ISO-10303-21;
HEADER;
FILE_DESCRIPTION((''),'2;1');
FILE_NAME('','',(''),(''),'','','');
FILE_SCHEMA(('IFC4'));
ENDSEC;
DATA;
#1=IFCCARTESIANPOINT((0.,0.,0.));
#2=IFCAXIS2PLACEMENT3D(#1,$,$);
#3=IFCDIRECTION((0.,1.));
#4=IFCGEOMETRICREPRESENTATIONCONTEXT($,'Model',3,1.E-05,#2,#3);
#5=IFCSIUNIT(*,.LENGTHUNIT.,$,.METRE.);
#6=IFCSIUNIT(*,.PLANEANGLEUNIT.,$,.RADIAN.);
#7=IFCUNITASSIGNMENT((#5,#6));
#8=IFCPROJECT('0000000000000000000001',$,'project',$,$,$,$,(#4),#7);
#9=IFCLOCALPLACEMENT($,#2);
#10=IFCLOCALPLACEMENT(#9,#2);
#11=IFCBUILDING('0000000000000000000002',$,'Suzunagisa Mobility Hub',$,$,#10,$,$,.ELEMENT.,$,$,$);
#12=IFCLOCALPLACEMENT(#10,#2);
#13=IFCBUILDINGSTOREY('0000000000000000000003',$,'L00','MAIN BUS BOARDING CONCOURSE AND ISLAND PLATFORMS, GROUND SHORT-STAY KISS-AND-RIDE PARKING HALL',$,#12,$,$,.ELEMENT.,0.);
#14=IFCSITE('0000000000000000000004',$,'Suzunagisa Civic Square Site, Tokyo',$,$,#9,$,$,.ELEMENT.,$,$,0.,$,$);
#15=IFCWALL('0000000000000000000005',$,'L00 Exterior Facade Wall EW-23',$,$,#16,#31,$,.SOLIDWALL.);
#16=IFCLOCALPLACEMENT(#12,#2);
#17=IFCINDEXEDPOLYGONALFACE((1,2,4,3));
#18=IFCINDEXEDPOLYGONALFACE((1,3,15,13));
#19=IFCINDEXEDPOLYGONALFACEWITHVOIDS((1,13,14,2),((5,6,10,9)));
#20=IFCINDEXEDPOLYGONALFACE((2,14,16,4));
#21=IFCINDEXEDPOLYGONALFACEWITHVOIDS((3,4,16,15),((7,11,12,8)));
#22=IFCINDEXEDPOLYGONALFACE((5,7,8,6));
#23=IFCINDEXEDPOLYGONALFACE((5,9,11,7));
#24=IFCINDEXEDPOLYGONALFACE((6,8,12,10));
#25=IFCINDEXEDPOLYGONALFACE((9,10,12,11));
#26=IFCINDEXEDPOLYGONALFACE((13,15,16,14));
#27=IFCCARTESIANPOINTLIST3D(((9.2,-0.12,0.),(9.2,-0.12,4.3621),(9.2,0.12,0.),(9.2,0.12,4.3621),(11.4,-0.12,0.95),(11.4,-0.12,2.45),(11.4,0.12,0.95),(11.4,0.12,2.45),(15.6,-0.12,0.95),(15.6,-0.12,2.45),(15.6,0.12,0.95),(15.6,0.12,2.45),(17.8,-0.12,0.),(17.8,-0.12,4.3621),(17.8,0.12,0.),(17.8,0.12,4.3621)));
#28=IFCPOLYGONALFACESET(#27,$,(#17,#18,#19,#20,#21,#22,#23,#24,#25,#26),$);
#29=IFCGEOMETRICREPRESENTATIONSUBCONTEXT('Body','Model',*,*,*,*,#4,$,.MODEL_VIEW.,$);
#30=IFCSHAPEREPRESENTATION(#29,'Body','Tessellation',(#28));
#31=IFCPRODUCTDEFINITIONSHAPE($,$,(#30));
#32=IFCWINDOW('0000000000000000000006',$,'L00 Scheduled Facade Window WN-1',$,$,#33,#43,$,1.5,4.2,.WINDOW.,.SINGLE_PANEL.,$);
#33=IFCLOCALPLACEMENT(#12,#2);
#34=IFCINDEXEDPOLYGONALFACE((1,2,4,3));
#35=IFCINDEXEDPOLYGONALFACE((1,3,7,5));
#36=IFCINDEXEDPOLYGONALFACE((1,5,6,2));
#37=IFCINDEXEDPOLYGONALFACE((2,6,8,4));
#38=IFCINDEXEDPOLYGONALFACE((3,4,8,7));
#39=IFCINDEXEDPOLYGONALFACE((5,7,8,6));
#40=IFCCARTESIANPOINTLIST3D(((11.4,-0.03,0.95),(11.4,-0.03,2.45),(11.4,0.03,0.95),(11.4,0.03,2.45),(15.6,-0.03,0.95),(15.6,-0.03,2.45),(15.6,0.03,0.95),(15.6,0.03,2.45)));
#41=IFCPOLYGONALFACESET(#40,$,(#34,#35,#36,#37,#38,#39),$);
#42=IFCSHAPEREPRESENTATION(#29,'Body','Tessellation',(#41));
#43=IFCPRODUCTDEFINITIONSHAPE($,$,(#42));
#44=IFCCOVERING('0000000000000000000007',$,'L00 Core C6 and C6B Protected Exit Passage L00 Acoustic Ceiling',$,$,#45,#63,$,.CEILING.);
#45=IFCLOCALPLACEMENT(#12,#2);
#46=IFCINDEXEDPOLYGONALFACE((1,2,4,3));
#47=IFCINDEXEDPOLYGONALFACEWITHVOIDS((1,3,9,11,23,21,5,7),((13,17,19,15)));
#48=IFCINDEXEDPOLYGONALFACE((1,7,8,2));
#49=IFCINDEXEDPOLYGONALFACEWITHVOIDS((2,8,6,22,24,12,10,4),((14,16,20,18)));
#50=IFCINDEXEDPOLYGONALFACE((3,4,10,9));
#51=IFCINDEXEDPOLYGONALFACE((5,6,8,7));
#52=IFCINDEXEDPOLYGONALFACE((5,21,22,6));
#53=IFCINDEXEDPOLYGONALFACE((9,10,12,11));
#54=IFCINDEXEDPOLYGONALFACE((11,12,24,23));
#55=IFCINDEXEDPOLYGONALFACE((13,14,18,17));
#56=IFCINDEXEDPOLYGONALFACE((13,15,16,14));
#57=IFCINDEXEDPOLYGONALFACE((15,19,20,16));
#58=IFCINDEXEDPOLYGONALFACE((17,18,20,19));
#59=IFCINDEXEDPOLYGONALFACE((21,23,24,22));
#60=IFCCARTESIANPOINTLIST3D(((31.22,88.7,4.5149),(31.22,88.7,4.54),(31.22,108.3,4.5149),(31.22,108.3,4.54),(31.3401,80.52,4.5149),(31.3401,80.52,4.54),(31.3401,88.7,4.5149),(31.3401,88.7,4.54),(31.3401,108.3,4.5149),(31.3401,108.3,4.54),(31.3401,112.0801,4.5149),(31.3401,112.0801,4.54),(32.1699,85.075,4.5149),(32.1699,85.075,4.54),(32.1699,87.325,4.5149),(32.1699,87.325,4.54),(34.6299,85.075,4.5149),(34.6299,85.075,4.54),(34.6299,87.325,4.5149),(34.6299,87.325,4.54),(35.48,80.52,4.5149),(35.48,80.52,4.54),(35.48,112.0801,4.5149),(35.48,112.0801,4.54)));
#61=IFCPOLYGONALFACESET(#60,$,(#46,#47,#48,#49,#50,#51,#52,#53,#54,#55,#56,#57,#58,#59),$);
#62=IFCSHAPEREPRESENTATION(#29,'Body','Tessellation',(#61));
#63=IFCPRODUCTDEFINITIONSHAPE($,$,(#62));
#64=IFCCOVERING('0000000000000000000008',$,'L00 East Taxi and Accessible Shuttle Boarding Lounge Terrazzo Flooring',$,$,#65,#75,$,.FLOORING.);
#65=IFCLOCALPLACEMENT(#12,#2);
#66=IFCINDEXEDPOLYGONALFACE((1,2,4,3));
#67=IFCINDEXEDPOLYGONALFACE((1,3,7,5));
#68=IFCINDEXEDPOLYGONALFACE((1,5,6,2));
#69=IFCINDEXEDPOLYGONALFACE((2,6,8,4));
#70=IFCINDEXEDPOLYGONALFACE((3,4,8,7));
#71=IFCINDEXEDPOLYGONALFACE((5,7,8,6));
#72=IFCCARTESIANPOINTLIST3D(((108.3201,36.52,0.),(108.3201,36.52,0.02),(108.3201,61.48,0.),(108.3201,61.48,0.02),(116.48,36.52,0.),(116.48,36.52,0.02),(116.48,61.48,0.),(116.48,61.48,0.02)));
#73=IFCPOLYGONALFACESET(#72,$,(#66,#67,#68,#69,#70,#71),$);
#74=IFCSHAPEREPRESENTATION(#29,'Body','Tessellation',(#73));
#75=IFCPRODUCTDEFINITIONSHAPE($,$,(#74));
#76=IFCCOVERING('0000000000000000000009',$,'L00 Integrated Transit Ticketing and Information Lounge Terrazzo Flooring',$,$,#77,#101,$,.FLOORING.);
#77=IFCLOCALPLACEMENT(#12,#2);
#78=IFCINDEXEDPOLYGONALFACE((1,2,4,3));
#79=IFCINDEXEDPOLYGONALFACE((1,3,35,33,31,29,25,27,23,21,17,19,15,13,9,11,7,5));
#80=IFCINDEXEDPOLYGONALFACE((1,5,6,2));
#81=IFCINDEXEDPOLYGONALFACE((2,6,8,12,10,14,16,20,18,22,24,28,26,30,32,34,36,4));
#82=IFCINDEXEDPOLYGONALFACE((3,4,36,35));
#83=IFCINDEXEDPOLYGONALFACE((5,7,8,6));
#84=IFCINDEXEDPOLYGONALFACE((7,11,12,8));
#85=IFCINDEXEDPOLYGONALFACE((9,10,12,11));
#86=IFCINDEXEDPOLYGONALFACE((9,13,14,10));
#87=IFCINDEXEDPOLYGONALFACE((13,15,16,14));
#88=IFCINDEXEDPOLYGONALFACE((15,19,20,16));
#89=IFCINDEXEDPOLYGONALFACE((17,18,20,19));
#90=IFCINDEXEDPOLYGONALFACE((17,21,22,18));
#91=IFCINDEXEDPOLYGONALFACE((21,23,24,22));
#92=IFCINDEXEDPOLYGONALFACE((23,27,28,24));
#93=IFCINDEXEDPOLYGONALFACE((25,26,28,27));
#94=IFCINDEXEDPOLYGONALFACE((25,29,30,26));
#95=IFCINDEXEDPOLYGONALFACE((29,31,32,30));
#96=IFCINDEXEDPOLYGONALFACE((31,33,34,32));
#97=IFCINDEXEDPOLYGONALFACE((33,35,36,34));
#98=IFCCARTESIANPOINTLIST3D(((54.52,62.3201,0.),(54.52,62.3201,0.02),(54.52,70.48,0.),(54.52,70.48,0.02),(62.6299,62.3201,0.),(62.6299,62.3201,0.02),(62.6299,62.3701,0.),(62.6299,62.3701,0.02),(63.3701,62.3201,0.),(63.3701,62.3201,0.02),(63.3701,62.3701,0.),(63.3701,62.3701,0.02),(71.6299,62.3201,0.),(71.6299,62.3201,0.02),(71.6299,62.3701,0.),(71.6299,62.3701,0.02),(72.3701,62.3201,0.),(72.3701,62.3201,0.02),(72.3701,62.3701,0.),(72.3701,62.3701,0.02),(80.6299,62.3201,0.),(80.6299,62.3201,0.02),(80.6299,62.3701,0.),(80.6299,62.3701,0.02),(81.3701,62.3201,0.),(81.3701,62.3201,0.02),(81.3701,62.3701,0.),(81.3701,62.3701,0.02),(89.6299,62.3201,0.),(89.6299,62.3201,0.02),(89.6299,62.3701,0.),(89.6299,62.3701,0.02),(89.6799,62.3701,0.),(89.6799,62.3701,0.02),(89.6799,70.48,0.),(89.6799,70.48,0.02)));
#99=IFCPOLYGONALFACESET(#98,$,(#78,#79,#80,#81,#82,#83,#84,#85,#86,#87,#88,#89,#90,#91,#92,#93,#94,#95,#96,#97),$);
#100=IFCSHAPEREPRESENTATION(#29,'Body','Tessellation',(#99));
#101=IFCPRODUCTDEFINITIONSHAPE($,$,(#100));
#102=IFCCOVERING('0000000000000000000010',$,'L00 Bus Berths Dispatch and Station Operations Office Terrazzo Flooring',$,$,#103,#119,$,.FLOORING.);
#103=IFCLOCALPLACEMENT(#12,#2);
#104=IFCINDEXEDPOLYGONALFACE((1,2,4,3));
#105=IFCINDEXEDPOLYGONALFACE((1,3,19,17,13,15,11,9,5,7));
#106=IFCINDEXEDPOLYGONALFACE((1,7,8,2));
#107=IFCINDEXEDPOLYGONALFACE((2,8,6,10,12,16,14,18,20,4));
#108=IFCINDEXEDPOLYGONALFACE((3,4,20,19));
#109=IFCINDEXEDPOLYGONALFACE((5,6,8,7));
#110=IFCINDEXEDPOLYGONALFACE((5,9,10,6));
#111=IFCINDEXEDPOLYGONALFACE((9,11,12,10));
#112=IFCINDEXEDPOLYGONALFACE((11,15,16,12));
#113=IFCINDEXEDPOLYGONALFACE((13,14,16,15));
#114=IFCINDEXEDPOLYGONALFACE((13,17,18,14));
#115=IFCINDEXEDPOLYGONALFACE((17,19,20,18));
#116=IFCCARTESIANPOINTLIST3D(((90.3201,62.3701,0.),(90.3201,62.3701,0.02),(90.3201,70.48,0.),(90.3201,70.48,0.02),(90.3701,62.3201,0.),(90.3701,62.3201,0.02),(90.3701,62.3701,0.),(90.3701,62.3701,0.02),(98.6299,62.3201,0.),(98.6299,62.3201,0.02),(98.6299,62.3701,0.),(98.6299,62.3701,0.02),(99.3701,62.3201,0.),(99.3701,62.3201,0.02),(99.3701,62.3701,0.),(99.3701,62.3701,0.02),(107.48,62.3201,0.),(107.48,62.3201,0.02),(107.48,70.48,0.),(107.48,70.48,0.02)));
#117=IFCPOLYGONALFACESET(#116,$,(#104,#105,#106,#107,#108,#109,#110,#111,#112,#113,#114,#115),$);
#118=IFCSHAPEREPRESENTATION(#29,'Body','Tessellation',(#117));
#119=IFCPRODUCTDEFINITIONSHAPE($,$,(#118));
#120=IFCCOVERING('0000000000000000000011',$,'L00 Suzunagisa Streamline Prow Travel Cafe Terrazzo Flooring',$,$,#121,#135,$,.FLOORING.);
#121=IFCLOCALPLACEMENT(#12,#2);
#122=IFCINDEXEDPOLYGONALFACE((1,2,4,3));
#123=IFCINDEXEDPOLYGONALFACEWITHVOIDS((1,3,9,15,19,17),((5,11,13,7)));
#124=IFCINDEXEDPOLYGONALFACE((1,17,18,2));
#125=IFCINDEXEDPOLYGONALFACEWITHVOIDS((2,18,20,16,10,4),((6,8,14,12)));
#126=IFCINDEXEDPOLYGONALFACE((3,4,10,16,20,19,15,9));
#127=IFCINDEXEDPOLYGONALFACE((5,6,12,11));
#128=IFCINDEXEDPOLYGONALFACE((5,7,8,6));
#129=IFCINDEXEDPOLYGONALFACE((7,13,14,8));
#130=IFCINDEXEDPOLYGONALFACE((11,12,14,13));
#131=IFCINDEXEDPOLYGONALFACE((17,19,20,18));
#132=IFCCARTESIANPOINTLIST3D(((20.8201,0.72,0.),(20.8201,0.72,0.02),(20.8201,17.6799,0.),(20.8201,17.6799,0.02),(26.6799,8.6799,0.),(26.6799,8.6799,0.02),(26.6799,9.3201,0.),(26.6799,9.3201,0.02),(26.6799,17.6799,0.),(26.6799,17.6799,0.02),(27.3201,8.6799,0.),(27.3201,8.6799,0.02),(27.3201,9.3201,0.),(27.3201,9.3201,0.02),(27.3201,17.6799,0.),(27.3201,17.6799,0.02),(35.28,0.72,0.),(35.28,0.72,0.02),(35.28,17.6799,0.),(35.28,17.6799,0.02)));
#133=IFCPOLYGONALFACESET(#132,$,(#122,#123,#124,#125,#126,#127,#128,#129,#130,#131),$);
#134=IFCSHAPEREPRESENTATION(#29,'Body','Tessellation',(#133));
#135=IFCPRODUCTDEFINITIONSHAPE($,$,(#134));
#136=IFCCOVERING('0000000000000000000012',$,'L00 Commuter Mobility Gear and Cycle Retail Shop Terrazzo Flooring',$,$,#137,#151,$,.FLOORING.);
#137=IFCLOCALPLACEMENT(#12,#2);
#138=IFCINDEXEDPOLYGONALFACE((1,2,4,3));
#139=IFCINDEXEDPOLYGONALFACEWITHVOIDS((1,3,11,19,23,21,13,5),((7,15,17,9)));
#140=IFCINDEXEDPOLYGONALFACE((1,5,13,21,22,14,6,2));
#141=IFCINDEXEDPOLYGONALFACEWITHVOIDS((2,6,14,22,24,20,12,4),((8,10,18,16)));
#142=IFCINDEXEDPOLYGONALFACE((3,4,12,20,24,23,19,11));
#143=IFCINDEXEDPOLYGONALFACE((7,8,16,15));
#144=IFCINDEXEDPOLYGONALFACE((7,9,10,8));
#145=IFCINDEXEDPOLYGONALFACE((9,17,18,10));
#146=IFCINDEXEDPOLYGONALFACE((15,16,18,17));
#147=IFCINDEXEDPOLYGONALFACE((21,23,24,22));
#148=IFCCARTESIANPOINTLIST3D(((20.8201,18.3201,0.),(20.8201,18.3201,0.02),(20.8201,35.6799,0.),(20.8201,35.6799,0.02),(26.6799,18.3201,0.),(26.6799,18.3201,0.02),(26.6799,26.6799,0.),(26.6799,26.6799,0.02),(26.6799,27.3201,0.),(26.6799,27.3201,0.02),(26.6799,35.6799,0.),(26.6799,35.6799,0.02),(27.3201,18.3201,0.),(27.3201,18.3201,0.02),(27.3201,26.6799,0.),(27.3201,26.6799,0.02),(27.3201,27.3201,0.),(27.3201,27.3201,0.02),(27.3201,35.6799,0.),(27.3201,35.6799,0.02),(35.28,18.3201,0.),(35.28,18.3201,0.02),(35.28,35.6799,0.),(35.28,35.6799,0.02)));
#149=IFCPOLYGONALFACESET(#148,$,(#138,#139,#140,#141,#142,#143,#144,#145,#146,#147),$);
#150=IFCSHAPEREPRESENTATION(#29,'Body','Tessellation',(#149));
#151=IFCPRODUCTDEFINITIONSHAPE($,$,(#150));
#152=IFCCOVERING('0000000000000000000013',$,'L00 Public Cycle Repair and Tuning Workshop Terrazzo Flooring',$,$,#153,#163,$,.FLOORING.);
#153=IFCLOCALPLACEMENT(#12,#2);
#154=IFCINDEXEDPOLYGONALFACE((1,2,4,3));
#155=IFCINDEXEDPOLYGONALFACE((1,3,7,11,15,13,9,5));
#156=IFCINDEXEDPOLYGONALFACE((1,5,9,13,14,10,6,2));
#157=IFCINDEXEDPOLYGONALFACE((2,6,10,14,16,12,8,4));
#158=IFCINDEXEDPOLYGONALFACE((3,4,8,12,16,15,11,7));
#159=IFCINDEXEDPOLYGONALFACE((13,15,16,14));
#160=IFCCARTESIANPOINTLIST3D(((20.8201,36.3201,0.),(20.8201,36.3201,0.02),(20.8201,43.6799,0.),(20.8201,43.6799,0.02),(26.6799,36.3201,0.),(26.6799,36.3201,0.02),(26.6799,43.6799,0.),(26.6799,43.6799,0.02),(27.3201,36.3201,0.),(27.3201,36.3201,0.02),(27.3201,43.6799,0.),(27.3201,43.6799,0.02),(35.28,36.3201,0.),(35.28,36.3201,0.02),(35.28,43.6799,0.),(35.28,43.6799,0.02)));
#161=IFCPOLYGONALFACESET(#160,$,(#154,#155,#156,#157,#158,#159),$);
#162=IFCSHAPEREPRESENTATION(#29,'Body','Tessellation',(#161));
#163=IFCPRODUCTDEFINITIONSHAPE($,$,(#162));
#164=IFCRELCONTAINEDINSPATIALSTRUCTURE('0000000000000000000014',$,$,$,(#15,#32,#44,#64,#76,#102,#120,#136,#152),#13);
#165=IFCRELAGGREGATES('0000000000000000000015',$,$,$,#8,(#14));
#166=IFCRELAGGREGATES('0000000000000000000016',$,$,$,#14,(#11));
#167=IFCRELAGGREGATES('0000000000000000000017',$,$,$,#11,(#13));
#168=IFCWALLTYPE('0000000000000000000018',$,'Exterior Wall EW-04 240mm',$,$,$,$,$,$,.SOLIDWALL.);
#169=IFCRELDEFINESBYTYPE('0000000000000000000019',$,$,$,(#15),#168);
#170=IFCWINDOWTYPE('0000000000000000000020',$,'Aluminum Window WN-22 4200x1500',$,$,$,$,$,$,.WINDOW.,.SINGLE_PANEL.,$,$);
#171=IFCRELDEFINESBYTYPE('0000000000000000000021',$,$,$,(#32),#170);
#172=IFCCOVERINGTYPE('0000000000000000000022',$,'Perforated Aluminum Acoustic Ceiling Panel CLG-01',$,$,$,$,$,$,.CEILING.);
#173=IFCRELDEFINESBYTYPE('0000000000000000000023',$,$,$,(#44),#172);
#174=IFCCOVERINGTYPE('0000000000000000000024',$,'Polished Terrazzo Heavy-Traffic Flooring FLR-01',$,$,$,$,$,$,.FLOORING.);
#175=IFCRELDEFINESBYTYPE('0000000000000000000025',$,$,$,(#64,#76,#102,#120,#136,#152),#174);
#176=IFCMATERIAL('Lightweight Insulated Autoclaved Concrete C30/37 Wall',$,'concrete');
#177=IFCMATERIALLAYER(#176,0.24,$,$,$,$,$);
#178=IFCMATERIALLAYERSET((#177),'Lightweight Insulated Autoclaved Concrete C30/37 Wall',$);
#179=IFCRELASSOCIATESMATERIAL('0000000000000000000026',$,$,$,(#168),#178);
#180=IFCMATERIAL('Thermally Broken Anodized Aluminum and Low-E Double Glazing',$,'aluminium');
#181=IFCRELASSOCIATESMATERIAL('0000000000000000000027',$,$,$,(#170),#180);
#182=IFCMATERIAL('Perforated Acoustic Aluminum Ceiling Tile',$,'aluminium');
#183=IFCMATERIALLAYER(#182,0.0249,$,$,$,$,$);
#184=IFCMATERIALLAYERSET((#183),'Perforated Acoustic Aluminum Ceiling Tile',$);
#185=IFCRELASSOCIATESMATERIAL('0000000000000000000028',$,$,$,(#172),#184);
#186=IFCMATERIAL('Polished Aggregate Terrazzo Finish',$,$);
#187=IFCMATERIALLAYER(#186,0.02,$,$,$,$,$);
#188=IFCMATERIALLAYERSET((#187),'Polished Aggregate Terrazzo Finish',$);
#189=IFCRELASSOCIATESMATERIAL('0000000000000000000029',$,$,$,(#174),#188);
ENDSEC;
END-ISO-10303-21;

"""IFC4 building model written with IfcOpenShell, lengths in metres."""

from ifc_helpers import new_model, si_unit, direction, frame, frame_2d, origin, place, context, subcontext, project, spatial, polyline, rectangle, outline, extrude, material, layer, layer_set, type_object, element, fill, save


model = new_model("IFC4")

# Units and contexts
model_context = context("Model", 3, precision=1e-05, world=origin(), true_north=direction((0.0, 1.0)))
body_context = subcontext(model_context, "Body", "Model", "MODEL_VIEW")
ifc_project = project(units=[si_unit("LENGTHUNIT", "METRE"), si_unit("PLANEANGLEUNIT", "RADIAN")], contexts=[model_context])

# Site, building, storey
site_placement = place(None, origin())
site = spatial("IfcSite", under=ifc_project, at=site_placement, Name="Suzunagisa Civic Square Site, Tokyo", CompositionType="ELEMENT", RefElevation=0.0)
building_placement = place(site_placement, origin())
building = spatial("IfcBuilding", under=site, at=building_placement, Name="Suzunagisa Mobility Hub", CompositionType="ELEMENT")
storey_placement = place(building_placement, origin())
storey = spatial("IfcBuildingStorey", under=building, at=storey_placement, Name="L00", Description="MAIN BUS BOARDING CONCOURSE AND ISLAND PLATFORMS, GROUND SHORT-STAY KISS-AND-RIDE PARKING HALL", CompositionType="ELEMENT", Elevation=0.0)

# Wall, opening, window
ifc_material_1 = material(Name="Lightweight Insulated Autoclaved Concrete C30/37 Wall", Category="concrete")
ifc_layer_1 = layer(ifc_material_1, 0.24)
ifc_layer_set_1 = layer_set([ifc_layer_1], Name="Lightweight Insulated Autoclaved Concrete C30/37 Wall")
wall_type = type_object("IfcWallType", Name="Exterior Wall EW-04 240mm", PredefinedType="SOLIDWALL", material=ifc_layer_set_1)
wall_placement = place(storey_placement, frame((9.2, 0.0, 0.0), z_axis=(0.0, 0.0, 1.0), x_axis=(1.0, 0.0, 0.0)))
wall = element("IfcWall", 1, at=wall_placement, inside=storey, type_object=wall_type, Name="L00 Exterior Facade Wall EW-23", PredefinedType="SOLIDWALL", context=body_context, shape_type="SweptSolid", body=[
    extrude(rectangle(XDim=8.6001, YDim=0.24, at=frame_2d((4.3, 0.0))), origin(), (0.0, 0.0, 1.0), 4.3621),
])
opening_placement = place(wall_placement, frame((2.2, 0.0, 0.95)))
opening = element("IfcOpeningElement", 2, at=opening_placement, cuts=wall, PredefinedType="OPENING", context=body_context, shape_type="SweptSolid", body=[
    extrude(rectangle(XDim=4.2, YDim=1.5, at=frame_2d((2.1001, 0.75))), frame((0.0, 0.1309, 0.0), z_axis=(0.0, -1.0, 0.0), x_axis=(1.0, 0.0, 0.0)), (0.0, 0.0, 1.0), 0.262),
])
ifc_material_2 = material(Name="Thermally Broken Anodized Aluminum and Low-E Double Glazing", Category="aluminium")
window_type = type_object("IfcWindowType", Name="Aluminum Window WN-22 4200x1500", PartitioningType="SINGLE_PANEL", PredefinedType="WINDOW", material=ifc_material_2)
window_placement = place(opening_placement, origin())
window = element("IfcWindow", 3, at=window_placement, inside=storey, type_object=window_type, Name="L00 Scheduled Facade Window WN-1", OverallHeight=1.5, OverallWidth=4.2, PartitioningType="SINGLE_PANEL", PredefinedType="WINDOW", context=body_context, shape_type="SweptSolid", body=[
    extrude(rectangle(XDim=4.2, YDim=1.5, at=frame_2d((2.1001, 0.75))), frame((0.0, 0.03, 0.0), z_axis=(0.0, -1.0, 0.0), x_axis=(1.0, 0.0, 0.0)), (0.0, 0.0, 1.0), 0.0601),
])
fill(opening, window)

# Coverings
ifc_material_3 = material(Name="Perforated Acoustic Aluminum Ceiling Tile", Category="aluminium")
ifc_layer_2 = layer(ifc_material_3, 0.0249)
ifc_layer_set_2 = layer_set([ifc_layer_2], Name="Perforated Acoustic Aluminum Ceiling Tile")
covering_type_1 = type_object("IfcCoveringType", Name="Perforated Aluminum Acoustic Ceiling Panel CLG-01", PredefinedType="CEILING", material=ifc_layer_set_2)
covering_1_placement = place(storey_placement, frame((0.0, 0.0, 4.5149)))
element("IfcCovering", 4, at=covering_1_placement, inside=storey, type_object=covering_type_1, Name="L00 Core C6 and C6B Protected Exit Passage L00 Acoustic Ceiling", PredefinedType="CEILING", context=body_context, shape_type="SweptSolid", body=[
    extrude(outline(polyline([(31.22, 88.7), (31.22, 108.3), (31.3401, 108.3), (31.3401, 112.0801), (35.48, 112.0801), (35.48, 80.52), (31.3401, 80.52), (31.3401, 88.7), (31.22, 88.7)]), holes=[polyline([(34.6299, 87.325), (32.1699, 87.325), (32.1699, 85.075), (34.6299, 85.075), (34.6299, 87.325)])]), origin(), (0.0, 0.0, 1.0), 0.0251),
])
ifc_material_4 = material(Name="Polished Aggregate Terrazzo Finish")
ifc_layer_3 = layer(ifc_material_4, 0.02)
ifc_layer_set_3 = layer_set([ifc_layer_3], Name="Polished Aggregate Terrazzo Finish")
covering_type_2 = type_object("IfcCoveringType", Name="Polished Terrazzo Heavy-Traffic Flooring FLR-01", PredefinedType="FLOORING", material=ifc_layer_set_3)
covering_2_placement = place(storey_placement, origin())
element("IfcCovering", 5, at=covering_2_placement, inside=storey, type_object=covering_type_2, Name="L00 East Taxi and Accessible Shuttle Boarding Lounge Terrazzo Flooring", PredefinedType="FLOORING", context=body_context, shape_type="SweptSolid", body=[
    extrude(outline(polyline([(116.48, 36.52), (108.3201, 36.52), (108.3201, 61.48), (116.48, 61.48), (116.48, 36.52)])), origin(), (0.0, 0.0, 1.0), 0.02),
])
covering_3_placement = place(storey_placement, origin())
element("IfcCovering", 6, at=covering_3_placement, inside=storey, type_object=covering_type_2, Name="L00 Integrated Transit Ticketing and Information Lounge Terrazzo Flooring", PredefinedType="FLOORING", context=body_context, shape_type="SweptSolid", body=[
    extrude(outline(polyline([(89.6799, 70.48), (89.6799, 62.3701), (89.6299, 62.3701), (89.6299, 62.3201), (81.3701, 62.3201), (81.3701, 62.3701), (80.6299, 62.3701), (80.6299, 62.3201), (72.3701, 62.3201), (72.3701, 62.3701), (71.6299, 62.3701), (71.6299, 62.3201), (63.3701, 62.3201), (63.3701, 62.3701), (62.6299, 62.3701), (62.6299, 62.3201), (54.52, 62.3201), (54.52, 70.48), (89.6799, 70.48)])), origin(), (0.0, 0.0, 1.0), 0.02),
])
covering_4_placement = place(storey_placement, origin())
element("IfcCovering", 7, at=covering_4_placement, inside=storey, type_object=covering_type_2, Name="L00 Bus Berths Dispatch and Station Operations Office Terrazzo Flooring", PredefinedType="FLOORING", context=body_context, shape_type="SweptSolid", body=[
    extrude(outline(polyline([(90.3201, 62.3701), (90.3201, 70.48), (107.48, 70.48), (107.48, 62.3201), (99.3701, 62.3201), (99.3701, 62.3701), (98.6299, 62.3701), (98.6299, 62.3201), (90.3701, 62.3201), (90.3701, 62.3701), (90.3201, 62.3701)])), origin(), (0.0, 0.0, 1.0), 0.02),
])
covering_5_placement = place(storey_placement, origin())
element("IfcCovering", 8, at=covering_5_placement, inside=storey, type_object=covering_type_2, Name="L00 Suzunagisa Streamline Prow Travel Cafe Terrazzo Flooring", PredefinedType="FLOORING", context=body_context, shape_type="SweptSolid", body=[
    extrude(outline(polyline([(20.8201, 17.6799), (26.6799, 17.6799), (27.3201, 17.6799), (35.28, 17.6799), (35.28, 0.72), (20.8201, 0.72), (20.8201, 17.6799)]), holes=[polyline([(27.3201, 9.3201), (26.6799, 9.3201), (26.6799, 8.6799), (27.3201, 8.6799), (27.3201, 9.3201)])]), origin(), (0.0, 0.0, 1.0), 0.02),
])
covering_6_placement = place(storey_placement, origin())
element("IfcCovering", 9, at=covering_6_placement, inside=storey, type_object=covering_type_2, Name="L00 Commuter Mobility Gear and Cycle Retail Shop Terrazzo Flooring", PredefinedType="FLOORING", context=body_context, shape_type="SweptSolid", body=[
    extrude(outline(polyline([(20.8201, 18.3201), (20.8201, 35.6799), (26.6799, 35.6799), (27.3201, 35.6799), (35.28, 35.6799), (35.28, 18.3201), (27.3201, 18.3201), (26.6799, 18.3201), (20.8201, 18.3201)]), holes=[polyline([(27.3201, 27.3201), (26.6799, 27.3201), (26.6799, 26.6799), (27.3201, 26.6799), (27.3201, 27.3201)])]), origin(), (0.0, 0.0, 1.0), 0.02),
])
covering_7_placement = place(storey_placement, origin())
element("IfcCovering", 10, at=covering_7_placement, inside=storey, type_object=covering_type_2, Name="L00 Public Cycle Repair and Tuning Workshop Terrazzo Flooring", PredefinedType="FLOORING", context=body_context, shape_type="SweptSolid", body=[
    extrude(outline(polyline([(26.6799, 36.3201), (20.8201, 36.3201), (20.8201, 43.6799), (26.6799, 43.6799), (27.3201, 43.6799), (35.28, 43.6799), (35.28, 36.3201), (27.3201, 36.3201), (26.6799, 36.3201)])), origin(), (0.0, 0.0, 1.0), 0.02),
])

save(model, "model.ifc")
